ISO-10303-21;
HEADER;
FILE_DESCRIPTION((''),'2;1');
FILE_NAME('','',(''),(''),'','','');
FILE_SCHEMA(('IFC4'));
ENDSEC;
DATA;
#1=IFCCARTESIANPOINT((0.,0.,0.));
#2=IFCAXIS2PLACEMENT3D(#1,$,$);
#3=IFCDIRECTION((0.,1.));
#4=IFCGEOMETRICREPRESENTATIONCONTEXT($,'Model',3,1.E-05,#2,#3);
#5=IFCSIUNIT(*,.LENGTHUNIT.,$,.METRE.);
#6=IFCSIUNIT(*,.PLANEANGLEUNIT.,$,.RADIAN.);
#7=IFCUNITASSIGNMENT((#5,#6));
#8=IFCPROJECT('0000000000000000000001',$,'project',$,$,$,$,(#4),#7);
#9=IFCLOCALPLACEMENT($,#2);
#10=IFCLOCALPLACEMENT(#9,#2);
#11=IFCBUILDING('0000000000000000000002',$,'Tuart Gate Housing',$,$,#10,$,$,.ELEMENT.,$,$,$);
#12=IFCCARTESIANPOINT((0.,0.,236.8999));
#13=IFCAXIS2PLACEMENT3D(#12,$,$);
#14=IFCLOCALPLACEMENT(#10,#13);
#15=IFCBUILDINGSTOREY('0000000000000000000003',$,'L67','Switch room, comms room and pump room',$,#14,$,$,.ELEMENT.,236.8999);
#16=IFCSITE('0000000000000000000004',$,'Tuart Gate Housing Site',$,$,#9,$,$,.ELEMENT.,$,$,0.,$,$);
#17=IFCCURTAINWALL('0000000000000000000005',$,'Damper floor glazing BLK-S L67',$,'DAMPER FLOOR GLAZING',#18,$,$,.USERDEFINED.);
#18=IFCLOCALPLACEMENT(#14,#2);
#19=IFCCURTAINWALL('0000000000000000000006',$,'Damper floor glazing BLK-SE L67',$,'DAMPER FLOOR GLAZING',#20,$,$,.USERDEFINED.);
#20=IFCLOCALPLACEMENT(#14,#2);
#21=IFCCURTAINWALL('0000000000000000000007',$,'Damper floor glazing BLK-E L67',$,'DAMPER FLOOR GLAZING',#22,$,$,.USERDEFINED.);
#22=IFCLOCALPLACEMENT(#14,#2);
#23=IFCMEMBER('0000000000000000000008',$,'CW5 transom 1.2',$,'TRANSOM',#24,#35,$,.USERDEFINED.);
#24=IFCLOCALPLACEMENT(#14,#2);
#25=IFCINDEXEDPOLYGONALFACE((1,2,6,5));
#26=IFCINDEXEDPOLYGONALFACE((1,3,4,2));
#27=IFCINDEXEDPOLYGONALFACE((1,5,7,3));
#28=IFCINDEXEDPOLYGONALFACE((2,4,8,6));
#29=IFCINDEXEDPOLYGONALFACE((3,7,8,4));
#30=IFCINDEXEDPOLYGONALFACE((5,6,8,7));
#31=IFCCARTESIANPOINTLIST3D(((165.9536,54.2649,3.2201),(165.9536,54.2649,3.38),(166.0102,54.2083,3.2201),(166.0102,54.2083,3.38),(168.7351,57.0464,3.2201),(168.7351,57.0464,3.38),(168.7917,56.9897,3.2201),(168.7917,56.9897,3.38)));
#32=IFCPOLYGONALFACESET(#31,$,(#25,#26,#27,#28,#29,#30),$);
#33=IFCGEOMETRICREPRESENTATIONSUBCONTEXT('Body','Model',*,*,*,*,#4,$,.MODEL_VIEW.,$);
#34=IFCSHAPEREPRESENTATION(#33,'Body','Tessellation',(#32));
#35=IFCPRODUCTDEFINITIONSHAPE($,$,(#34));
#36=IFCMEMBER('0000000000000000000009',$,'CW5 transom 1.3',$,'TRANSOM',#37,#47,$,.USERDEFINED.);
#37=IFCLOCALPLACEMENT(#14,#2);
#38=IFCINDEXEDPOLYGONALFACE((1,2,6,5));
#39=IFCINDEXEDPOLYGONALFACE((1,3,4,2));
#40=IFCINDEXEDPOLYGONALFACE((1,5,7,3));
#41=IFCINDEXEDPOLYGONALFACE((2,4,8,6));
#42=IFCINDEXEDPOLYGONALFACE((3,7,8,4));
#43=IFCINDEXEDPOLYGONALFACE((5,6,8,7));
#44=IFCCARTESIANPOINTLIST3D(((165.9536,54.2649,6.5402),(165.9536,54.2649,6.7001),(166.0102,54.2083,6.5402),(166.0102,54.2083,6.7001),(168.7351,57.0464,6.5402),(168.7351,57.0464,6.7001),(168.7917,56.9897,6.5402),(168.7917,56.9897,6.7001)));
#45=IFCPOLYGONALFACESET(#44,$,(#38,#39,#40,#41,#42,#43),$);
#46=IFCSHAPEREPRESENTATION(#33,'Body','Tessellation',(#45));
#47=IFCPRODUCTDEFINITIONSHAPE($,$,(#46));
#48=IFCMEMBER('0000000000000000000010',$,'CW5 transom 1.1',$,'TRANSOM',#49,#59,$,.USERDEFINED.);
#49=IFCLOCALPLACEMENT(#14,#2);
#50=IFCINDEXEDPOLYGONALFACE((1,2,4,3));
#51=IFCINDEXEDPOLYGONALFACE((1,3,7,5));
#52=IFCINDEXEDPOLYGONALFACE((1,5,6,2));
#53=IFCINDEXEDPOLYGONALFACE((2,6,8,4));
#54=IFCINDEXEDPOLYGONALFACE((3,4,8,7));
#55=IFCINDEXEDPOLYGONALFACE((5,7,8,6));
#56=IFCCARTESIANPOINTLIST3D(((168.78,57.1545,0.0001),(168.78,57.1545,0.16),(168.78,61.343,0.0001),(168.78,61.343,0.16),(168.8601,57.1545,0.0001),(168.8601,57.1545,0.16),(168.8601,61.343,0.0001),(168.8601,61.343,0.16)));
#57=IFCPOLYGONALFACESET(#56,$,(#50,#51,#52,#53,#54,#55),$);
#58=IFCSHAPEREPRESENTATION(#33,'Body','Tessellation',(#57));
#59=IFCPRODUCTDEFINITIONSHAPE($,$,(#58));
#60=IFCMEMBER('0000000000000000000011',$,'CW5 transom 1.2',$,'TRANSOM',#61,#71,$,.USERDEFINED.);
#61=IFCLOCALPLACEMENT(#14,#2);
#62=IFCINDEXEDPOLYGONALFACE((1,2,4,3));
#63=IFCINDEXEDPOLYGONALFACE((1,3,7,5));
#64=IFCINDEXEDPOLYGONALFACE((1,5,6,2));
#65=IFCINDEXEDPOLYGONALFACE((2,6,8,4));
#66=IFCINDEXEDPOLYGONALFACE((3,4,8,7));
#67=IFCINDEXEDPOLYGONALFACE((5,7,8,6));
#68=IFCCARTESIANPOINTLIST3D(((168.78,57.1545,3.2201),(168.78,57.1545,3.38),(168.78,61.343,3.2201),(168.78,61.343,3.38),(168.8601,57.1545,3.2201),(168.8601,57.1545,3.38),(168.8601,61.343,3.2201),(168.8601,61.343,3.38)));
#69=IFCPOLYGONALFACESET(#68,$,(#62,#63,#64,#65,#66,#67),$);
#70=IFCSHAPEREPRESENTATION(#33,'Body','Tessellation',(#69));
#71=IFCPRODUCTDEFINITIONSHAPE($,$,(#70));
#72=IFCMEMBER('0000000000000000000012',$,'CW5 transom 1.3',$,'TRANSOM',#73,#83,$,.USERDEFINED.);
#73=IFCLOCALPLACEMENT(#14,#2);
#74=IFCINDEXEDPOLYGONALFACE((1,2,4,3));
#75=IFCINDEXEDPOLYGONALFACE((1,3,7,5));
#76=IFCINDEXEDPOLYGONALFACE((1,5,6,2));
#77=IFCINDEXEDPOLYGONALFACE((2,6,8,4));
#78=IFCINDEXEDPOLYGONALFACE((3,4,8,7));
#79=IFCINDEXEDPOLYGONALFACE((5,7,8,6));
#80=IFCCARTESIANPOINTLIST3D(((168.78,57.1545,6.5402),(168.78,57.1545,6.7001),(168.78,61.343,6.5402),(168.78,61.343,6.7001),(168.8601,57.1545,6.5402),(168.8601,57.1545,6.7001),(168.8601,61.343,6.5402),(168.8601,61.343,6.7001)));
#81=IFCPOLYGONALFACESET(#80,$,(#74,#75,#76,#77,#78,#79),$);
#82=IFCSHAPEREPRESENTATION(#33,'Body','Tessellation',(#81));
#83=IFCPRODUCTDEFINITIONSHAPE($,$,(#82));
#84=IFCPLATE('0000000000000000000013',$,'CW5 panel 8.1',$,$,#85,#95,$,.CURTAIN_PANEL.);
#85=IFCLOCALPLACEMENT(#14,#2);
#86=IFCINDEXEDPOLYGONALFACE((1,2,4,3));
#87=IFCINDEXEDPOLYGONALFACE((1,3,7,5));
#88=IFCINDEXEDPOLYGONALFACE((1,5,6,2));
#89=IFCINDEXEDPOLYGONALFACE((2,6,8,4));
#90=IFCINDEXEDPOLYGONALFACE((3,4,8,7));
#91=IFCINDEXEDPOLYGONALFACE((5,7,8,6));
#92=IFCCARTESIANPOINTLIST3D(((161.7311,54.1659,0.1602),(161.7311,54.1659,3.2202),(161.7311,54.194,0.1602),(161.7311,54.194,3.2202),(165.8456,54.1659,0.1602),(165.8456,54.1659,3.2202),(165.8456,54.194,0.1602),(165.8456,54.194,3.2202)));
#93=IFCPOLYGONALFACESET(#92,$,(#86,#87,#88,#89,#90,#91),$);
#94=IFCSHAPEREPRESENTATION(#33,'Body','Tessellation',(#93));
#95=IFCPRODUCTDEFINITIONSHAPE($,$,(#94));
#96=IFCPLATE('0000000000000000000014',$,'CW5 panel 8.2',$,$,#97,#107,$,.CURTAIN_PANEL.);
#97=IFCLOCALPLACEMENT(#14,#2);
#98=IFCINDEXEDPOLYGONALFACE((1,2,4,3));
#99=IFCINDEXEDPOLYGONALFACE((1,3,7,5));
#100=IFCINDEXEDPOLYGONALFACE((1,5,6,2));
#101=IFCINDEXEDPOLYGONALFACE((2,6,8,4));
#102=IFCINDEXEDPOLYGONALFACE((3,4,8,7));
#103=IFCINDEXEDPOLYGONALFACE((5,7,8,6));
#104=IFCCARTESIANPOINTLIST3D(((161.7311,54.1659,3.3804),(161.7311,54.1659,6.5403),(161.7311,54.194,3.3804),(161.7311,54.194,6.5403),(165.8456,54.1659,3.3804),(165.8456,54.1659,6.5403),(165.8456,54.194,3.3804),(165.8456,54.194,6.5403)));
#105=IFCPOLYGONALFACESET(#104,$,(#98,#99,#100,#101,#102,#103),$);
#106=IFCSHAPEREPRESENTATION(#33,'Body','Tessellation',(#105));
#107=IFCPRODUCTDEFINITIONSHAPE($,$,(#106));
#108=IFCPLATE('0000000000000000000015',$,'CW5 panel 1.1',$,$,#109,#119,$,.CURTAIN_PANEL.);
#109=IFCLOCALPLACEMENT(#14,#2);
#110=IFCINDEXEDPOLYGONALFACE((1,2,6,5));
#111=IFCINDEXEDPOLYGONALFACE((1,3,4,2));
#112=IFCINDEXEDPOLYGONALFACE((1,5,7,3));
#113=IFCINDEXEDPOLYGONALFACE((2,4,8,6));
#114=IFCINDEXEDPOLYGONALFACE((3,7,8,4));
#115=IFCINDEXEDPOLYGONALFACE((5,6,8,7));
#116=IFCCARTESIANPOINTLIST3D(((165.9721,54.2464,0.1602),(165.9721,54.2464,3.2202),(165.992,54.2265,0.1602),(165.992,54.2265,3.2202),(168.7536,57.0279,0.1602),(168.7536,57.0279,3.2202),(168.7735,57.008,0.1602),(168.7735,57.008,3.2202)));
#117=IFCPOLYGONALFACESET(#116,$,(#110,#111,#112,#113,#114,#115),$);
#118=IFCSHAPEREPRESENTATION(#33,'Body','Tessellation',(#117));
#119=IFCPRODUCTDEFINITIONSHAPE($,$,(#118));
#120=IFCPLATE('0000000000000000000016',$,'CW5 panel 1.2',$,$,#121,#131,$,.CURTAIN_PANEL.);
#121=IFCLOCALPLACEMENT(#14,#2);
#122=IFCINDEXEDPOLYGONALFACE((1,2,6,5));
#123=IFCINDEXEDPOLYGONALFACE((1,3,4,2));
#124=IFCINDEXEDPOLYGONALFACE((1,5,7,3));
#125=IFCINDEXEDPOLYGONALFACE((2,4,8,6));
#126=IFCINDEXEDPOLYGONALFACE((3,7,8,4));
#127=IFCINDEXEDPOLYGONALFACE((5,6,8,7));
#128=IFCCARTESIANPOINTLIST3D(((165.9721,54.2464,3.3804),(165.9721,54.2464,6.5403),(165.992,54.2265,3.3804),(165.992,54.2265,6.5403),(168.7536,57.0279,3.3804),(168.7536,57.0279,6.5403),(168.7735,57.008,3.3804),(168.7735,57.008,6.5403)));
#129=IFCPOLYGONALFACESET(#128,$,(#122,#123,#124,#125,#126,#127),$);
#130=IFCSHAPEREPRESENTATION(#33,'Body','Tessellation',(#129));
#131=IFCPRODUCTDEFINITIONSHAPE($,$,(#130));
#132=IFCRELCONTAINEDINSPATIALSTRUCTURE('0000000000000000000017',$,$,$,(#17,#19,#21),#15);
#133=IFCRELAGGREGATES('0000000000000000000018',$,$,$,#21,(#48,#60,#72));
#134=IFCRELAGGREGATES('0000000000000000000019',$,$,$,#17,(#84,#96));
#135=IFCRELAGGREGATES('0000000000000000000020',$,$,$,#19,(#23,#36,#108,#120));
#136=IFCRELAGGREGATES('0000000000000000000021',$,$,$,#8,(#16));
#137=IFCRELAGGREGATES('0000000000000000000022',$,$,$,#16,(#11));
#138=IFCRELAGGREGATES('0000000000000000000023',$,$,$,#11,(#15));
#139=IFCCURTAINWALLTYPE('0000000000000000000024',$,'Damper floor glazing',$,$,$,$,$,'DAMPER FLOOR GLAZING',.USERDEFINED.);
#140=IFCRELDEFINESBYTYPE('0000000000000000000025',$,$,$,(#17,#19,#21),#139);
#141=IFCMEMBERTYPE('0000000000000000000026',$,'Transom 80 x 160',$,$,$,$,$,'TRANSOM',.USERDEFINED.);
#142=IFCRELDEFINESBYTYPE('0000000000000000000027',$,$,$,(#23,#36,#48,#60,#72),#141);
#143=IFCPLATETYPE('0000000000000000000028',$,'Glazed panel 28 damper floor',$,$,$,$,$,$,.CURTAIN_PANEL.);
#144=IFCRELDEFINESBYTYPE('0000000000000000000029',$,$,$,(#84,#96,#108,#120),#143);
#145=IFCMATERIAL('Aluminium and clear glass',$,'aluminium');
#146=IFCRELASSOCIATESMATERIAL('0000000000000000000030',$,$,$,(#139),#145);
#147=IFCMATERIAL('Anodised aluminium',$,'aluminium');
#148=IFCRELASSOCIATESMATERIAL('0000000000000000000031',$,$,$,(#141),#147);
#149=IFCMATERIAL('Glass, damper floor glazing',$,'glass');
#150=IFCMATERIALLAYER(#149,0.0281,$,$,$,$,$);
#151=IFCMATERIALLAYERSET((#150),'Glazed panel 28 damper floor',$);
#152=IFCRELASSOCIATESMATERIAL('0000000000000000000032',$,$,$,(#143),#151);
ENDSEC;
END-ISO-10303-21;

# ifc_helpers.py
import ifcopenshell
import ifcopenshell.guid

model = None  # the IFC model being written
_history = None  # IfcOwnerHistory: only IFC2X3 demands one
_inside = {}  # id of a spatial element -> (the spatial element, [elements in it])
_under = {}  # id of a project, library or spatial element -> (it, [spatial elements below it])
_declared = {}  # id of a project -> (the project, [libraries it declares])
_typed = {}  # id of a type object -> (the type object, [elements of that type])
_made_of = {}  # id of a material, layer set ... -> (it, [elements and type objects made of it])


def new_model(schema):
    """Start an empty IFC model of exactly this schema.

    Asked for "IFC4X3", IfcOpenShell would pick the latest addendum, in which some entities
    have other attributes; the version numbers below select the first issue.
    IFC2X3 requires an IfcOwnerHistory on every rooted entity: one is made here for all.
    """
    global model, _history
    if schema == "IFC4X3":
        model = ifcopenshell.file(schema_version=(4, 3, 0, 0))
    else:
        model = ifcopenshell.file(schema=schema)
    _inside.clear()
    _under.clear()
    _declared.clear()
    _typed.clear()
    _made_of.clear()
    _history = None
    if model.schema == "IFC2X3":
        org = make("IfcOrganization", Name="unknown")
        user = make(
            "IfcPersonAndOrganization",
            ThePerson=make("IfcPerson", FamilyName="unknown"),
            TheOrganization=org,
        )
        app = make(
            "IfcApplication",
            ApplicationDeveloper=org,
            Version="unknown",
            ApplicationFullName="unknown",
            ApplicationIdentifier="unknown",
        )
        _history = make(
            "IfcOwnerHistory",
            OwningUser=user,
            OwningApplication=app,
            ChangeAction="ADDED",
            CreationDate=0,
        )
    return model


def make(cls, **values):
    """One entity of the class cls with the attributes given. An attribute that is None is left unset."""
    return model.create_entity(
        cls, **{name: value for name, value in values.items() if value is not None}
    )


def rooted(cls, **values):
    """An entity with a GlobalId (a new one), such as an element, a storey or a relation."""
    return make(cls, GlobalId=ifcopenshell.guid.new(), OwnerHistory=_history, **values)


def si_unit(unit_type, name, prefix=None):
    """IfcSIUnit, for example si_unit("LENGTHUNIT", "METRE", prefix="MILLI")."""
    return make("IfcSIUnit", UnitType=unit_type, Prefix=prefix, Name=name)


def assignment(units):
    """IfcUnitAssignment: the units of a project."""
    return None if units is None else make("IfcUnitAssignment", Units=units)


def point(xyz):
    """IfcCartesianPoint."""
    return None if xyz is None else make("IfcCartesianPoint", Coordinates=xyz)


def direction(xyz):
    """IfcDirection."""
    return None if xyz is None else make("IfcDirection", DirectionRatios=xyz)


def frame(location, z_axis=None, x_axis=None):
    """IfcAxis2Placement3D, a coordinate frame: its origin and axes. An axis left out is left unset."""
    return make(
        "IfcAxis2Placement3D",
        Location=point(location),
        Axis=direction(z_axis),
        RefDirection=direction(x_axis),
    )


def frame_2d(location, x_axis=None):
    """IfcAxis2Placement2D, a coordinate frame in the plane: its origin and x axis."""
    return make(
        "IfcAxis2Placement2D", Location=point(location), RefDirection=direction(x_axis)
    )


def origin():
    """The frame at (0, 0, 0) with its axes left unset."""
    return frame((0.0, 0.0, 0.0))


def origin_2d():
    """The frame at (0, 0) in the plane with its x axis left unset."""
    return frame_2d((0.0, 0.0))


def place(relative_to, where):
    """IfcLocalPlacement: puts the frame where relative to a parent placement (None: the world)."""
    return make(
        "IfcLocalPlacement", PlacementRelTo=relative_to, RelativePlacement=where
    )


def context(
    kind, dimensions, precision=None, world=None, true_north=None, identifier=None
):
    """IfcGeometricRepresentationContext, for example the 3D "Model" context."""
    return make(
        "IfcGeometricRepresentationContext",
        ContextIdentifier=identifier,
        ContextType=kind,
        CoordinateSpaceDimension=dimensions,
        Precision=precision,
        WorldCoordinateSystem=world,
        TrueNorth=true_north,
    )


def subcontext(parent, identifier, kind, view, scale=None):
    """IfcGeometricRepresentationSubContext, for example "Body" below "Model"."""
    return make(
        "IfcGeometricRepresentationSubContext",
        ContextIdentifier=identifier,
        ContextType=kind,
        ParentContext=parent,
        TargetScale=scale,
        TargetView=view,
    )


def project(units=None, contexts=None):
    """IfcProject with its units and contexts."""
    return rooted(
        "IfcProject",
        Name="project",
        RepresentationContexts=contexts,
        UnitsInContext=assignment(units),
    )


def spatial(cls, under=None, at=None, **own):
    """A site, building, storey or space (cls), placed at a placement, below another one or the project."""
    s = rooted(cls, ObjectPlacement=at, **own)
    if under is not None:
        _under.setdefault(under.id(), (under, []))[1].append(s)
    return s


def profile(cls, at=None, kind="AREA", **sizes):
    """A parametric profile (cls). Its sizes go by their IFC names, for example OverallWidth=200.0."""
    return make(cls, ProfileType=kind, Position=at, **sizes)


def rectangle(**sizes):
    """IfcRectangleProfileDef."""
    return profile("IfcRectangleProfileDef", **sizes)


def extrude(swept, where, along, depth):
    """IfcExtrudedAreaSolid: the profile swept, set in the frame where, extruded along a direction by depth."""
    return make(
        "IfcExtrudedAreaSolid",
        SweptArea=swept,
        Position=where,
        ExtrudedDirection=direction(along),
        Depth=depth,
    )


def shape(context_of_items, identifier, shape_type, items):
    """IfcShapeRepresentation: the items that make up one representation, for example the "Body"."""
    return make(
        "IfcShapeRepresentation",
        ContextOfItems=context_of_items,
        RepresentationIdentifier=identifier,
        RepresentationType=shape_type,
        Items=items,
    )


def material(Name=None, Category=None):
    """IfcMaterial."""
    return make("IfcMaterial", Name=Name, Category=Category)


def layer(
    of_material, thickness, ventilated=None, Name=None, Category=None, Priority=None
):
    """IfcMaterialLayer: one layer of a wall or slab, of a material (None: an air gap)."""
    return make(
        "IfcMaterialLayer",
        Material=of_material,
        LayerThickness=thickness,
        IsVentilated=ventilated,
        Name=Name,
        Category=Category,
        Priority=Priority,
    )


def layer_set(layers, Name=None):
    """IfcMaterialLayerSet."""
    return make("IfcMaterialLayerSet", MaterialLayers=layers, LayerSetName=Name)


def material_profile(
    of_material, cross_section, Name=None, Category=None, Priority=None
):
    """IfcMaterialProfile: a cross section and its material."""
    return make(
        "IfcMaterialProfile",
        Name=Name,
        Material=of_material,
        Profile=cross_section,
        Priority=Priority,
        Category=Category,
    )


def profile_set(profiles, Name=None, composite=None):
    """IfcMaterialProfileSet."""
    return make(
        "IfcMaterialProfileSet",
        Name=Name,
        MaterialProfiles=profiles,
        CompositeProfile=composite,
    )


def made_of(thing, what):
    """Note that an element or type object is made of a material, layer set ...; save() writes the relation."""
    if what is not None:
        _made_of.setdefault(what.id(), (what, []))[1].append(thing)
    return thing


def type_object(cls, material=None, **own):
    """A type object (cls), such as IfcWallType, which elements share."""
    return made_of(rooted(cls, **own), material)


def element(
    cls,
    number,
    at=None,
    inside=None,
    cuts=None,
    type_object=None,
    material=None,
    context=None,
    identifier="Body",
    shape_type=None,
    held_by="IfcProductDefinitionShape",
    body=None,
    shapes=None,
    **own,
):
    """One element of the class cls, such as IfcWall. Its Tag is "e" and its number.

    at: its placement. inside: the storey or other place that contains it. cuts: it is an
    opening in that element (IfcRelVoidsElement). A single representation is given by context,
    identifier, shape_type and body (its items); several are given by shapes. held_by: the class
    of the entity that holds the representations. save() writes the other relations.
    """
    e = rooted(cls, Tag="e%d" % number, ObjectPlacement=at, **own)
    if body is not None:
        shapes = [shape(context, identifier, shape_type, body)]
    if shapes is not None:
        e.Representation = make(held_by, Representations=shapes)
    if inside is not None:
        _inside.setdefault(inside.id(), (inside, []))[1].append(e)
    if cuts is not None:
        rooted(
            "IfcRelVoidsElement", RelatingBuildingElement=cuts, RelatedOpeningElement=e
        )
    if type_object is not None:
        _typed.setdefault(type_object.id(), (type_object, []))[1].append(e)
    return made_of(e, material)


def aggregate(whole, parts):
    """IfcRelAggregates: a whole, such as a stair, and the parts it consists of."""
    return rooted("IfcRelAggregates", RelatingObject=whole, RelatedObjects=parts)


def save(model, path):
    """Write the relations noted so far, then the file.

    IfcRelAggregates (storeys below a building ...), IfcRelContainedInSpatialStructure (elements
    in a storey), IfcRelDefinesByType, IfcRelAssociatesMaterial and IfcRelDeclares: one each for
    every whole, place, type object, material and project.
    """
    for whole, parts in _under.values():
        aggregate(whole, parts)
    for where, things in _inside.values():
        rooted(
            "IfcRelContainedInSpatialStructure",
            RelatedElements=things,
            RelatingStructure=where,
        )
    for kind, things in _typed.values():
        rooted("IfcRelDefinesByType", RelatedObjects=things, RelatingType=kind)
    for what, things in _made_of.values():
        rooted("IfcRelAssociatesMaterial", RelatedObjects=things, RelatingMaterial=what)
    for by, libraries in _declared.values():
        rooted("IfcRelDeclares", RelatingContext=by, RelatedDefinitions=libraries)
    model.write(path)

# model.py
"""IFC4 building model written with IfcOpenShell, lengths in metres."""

from ifc_helpers import new_model, si_unit, direction, frame, origin, origin_2d, place, context, subcontext, project, spatial, rectangle, extrude, material, layer, layer_set, material_profile, profile_set, type_object, element, aggregate, save


model = new_model("IFC4")

# Units and contexts
model_context = context("Model", 3, precision=1e-05, world=origin(), true_north=direction((0.0, 1.0)))
body_context = subcontext(model_context, "Body", "Model", "MODEL_VIEW")
ifc_project = project(units=[si_unit("LENGTHUNIT", "METRE"), si_unit("PLANEANGLEUNIT", "RADIAN")], contexts=[model_context])

# Site, building, storey
site_placement = place(None, origin())
site = spatial("IfcSite", under=ifc_project, at=site_placement, Name="Tuart Gate Housing Site", CompositionType="ELEMENT", RefElevation=0.0)
building_placement = place(site_placement, origin())
building = spatial("IfcBuilding", under=site, at=building_placement, Name="Tuart Gate Housing", CompositionType="ELEMENT")
storey_placement = place(building_placement, frame((0.0, 0.0, 236.8999)))
storey = spatial("IfcBuildingStorey", under=building, at=storey_placement, Name="L67", Description="Switch room, comms room and pump room", CompositionType="ELEMENT", Elevation=236.8999)

# Curtain walls
ifc_material_1 = material(Name="Aluminium and clear glass", Category="aluminium")
curtain_wall_type = type_object("IfcCurtainWallType", Name="Damper floor glazing", ElementType="DAMPER FLOOR GLAZING", PredefinedType="USERDEFINED", material=ifc_material_1)
curtain_wall_1_placement = place(storey_placement, origin())
curtain_wall_1 = element("IfcCurtainWall", 1, at=curtain_wall_1_placement, inside=storey, type_object=curtain_wall_type, Name="Damper floor glazing BLK-S L67", ObjectType="DAMPER FLOOR GLAZING", PredefinedType="USERDEFINED")
curtain_wall_2_placement = place(storey_placement, origin())
curtain_wall_2 = element("IfcCurtainWall", 2, at=curtain_wall_2_placement, inside=storey, type_object=curtain_wall_type, Name="Damper floor glazing BLK-SE L67", ObjectType="DAMPER FLOOR GLAZING", PredefinedType="USERDEFINED")

# Curtain wall
curtain_wall_3_placement = place(storey_placement, origin())
curtain_wall_3 = element("IfcCurtainWall", 3, at=curtain_wall_3_placement, inside=storey, type_object=curtain_wall_type, Name="Damper floor glazing BLK-E L67", ObjectType="DAMPER FLOOR GLAZING", PredefinedType="USERDEFINED")

# Members
ifc_material_2 = material(Name="Anodised aluminium", Category="aluminium")
ifc_material_profile_1 = material_profile(ifc_material_2, rectangle(XDim=0.0801, YDim=0.1599, at=origin_2d()), Name="80x160")
ifc_profile_set_1 = profile_set([ifc_material_profile_1], Name="Anodised aluminium")
member_type_1 = type_object("IfcMemberType", Name="Transom 80 x 160", ElementType="TRANSOM", PredefinedType="USERDEFINED", material=ifc_profile_set_1)
member_1_placement = place(storey_placement, frame((165.9819, 54.2366, 3.3), z_axis=(0.707107, 0.707107, 0.0), x_axis=(-0.707107, 0.707107, 0.0)))
member_1 = element("IfcMember", 4, at=member_1_placement, type_object=member_type_1, Name="CW5 transom 1.2", ObjectType="TRANSOM", PredefinedType="USERDEFINED", context=body_context, shape_type="SweptSolid", body=[
    extrude(rectangle(XDim=0.0801, YDim=0.1599, at=origin_2d()), origin(), (0.0, 0.0, 1.0), 3.9336),
])
member_2_placement = place(storey_placement, frame((165.9819, 54.2366, 6.6201), z_axis=(0.707107, 0.707107, 0.0), x_axis=(-0.707107, 0.707107, 0.0)))
member_2 = element("IfcMember", 5, at=member_2_placement, type_object=member_type_1, Name="CW5 transom 1.3", ObjectType="TRANSOM", PredefinedType="USERDEFINED", context=body_context, shape_type="SweptSolid", body=[
    extrude(rectangle(XDim=0.0801, YDim=0.1599, at=origin_2d()), origin(), (0.0, 0.0, 1.0), 3.9336),
])
member_3_placement = place(storey_placement, frame((168.8201, 57.1545, 0.0801), z_axis=(0.0, 1.0, 0.0), x_axis=(-1.0, 0.0, 0.0)))
member_3 = element("IfcMember", 6, at=member_3_placement, type_object=member_type_1, Name="CW5 transom 1.1", ObjectType="TRANSOM", PredefinedType="USERDEFINED", context=body_context, shape_type="SweptSolid", body=[
    extrude(rectangle(XDim=0.0801, YDim=0.1599, at=origin_2d()), origin(), (0.0, 0.0, 1.0), 4.1885),
])
member_4_placement = place(storey_placement, frame((168.8201, 57.1545, 3.3), z_axis=(0.0, 1.0, 0.0), x_axis=(-1.0, 0.0, 0.0)))
member_4 = element("IfcMember", 7, at=member_4_placement, type_object=member_type_1, Name="CW5 transom 1.2", ObjectType="TRANSOM", PredefinedType="USERDEFINED", context=body_context, shape_type="SweptSolid", body=[
    extrude(rectangle(XDim=0.0801, YDim=0.1599, at=origin_2d()), origin(), (0.0, 0.0, 1.0), 4.1885),
])
member_5_placement = place(storey_placement, frame((168.8201, 57.1545, 6.6201), z_axis=(0.0, 1.0, 0.0), x_axis=(-1.0, 0.0, 0.0)))
member_5 = element("IfcMember", 8, at=member_5_placement, type_object=member_type_1, Name="CW5 transom 1.3", ObjectType="TRANSOM", PredefinedType="USERDEFINED", context=body_context, shape_type="SweptSolid", body=[
    extrude(rectangle(XDim=0.0801, YDim=0.1599, at=origin_2d()), origin(), (0.0, 0.0, 1.0), 4.1885),
])
aggregate(curtain_wall_3, [member_3, member_4, member_5])

# Plates
ifc_material_3 = material(Name="Glass, damper floor glazing", Category="glass")
ifc_layer = layer(ifc_material_3, 0.0281)
ifc_layer_set = layer_set([ifc_layer], Name="Glazed panel 28 damper floor")
plate_type = type_object("IfcPlateType", Name="Glazed panel 28 damper floor", PredefinedType="CURTAIN_PANEL", material=ifc_layer_set)
plate_1_placement = place(storey_placement, frame((163.7883, 54.1799, 0.1602), z_axis=(0.0, 0.0, 1.0), x_axis=(1.0, 0.0, 0.0)))
plate_1 = element("IfcPlate", 9, at=plate_1_placement, type_object=plate_type, Name="CW5 panel 8.1", PredefinedType="CURTAIN_PANEL", context=body_context, shape_type="SweptSolid", body=[
    extrude(rectangle(XDim=4.1145, YDim=0.0281, at=origin_2d()), origin(), (0.0, 0.0, 1.0), 3.0601),
])
plate_2_placement = place(storey_placement, frame((163.7883, 54.1799, 3.3804), z_axis=(0.0, 0.0, 1.0), x_axis=(1.0, 0.0, 0.0)))
plate_2 = element("IfcPlate", 10, at=plate_2_placement, type_object=plate_type, Name="CW5 panel 8.2", PredefinedType="CURTAIN_PANEL", context=body_context, shape_type="SweptSolid", body=[
    extrude(rectangle(XDim=4.1145, YDim=0.0281, at=origin_2d()), origin(), (0.0, 0.0, 1.0), 3.1599),
])
aggregate(curtain_wall_1, [plate_1, plate_2])
plate_3_placement = place(storey_placement, frame((167.3728, 55.6272, 0.1602), z_axis=(0.0, 0.0, 1.0), x_axis=(0.707107, 0.707107, 0.0)))
plate_3 = element("IfcPlate", 11, at=plate_3_placement, type_object=plate_type, Name="CW5 panel 1.1", PredefinedType="CURTAIN_PANEL", context=body_context, shape_type="SweptSolid", body=[
    extrude(rectangle(XDim=3.9336, YDim=0.0281, at=origin_2d()), origin(), (0.0, 0.0, 1.0), 3.0601),
])
plate_4_placement = place(storey_placement, frame((167.3728, 55.6272, 3.3804), z_axis=(0.0, 0.0, 1.0), x_axis=(0.707107, 0.707107, 0.0)))
plate_4 = element("IfcPlate", 12, at=plate_4_placement, type_object=plate_type, Name="CW5 panel 1.2", PredefinedType="CURTAIN_PANEL", context=body_context, shape_type="SweptSolid", body=[
    extrude(rectangle(XDim=3.9336, YDim=0.0281, at=origin_2d()), origin(), (0.0, 0.0, 1.0), 3.1599),
])
aggregate(curtain_wall_2, [member_1, member_2, plate_3, plate_4])

save(model, "model.ifc")
